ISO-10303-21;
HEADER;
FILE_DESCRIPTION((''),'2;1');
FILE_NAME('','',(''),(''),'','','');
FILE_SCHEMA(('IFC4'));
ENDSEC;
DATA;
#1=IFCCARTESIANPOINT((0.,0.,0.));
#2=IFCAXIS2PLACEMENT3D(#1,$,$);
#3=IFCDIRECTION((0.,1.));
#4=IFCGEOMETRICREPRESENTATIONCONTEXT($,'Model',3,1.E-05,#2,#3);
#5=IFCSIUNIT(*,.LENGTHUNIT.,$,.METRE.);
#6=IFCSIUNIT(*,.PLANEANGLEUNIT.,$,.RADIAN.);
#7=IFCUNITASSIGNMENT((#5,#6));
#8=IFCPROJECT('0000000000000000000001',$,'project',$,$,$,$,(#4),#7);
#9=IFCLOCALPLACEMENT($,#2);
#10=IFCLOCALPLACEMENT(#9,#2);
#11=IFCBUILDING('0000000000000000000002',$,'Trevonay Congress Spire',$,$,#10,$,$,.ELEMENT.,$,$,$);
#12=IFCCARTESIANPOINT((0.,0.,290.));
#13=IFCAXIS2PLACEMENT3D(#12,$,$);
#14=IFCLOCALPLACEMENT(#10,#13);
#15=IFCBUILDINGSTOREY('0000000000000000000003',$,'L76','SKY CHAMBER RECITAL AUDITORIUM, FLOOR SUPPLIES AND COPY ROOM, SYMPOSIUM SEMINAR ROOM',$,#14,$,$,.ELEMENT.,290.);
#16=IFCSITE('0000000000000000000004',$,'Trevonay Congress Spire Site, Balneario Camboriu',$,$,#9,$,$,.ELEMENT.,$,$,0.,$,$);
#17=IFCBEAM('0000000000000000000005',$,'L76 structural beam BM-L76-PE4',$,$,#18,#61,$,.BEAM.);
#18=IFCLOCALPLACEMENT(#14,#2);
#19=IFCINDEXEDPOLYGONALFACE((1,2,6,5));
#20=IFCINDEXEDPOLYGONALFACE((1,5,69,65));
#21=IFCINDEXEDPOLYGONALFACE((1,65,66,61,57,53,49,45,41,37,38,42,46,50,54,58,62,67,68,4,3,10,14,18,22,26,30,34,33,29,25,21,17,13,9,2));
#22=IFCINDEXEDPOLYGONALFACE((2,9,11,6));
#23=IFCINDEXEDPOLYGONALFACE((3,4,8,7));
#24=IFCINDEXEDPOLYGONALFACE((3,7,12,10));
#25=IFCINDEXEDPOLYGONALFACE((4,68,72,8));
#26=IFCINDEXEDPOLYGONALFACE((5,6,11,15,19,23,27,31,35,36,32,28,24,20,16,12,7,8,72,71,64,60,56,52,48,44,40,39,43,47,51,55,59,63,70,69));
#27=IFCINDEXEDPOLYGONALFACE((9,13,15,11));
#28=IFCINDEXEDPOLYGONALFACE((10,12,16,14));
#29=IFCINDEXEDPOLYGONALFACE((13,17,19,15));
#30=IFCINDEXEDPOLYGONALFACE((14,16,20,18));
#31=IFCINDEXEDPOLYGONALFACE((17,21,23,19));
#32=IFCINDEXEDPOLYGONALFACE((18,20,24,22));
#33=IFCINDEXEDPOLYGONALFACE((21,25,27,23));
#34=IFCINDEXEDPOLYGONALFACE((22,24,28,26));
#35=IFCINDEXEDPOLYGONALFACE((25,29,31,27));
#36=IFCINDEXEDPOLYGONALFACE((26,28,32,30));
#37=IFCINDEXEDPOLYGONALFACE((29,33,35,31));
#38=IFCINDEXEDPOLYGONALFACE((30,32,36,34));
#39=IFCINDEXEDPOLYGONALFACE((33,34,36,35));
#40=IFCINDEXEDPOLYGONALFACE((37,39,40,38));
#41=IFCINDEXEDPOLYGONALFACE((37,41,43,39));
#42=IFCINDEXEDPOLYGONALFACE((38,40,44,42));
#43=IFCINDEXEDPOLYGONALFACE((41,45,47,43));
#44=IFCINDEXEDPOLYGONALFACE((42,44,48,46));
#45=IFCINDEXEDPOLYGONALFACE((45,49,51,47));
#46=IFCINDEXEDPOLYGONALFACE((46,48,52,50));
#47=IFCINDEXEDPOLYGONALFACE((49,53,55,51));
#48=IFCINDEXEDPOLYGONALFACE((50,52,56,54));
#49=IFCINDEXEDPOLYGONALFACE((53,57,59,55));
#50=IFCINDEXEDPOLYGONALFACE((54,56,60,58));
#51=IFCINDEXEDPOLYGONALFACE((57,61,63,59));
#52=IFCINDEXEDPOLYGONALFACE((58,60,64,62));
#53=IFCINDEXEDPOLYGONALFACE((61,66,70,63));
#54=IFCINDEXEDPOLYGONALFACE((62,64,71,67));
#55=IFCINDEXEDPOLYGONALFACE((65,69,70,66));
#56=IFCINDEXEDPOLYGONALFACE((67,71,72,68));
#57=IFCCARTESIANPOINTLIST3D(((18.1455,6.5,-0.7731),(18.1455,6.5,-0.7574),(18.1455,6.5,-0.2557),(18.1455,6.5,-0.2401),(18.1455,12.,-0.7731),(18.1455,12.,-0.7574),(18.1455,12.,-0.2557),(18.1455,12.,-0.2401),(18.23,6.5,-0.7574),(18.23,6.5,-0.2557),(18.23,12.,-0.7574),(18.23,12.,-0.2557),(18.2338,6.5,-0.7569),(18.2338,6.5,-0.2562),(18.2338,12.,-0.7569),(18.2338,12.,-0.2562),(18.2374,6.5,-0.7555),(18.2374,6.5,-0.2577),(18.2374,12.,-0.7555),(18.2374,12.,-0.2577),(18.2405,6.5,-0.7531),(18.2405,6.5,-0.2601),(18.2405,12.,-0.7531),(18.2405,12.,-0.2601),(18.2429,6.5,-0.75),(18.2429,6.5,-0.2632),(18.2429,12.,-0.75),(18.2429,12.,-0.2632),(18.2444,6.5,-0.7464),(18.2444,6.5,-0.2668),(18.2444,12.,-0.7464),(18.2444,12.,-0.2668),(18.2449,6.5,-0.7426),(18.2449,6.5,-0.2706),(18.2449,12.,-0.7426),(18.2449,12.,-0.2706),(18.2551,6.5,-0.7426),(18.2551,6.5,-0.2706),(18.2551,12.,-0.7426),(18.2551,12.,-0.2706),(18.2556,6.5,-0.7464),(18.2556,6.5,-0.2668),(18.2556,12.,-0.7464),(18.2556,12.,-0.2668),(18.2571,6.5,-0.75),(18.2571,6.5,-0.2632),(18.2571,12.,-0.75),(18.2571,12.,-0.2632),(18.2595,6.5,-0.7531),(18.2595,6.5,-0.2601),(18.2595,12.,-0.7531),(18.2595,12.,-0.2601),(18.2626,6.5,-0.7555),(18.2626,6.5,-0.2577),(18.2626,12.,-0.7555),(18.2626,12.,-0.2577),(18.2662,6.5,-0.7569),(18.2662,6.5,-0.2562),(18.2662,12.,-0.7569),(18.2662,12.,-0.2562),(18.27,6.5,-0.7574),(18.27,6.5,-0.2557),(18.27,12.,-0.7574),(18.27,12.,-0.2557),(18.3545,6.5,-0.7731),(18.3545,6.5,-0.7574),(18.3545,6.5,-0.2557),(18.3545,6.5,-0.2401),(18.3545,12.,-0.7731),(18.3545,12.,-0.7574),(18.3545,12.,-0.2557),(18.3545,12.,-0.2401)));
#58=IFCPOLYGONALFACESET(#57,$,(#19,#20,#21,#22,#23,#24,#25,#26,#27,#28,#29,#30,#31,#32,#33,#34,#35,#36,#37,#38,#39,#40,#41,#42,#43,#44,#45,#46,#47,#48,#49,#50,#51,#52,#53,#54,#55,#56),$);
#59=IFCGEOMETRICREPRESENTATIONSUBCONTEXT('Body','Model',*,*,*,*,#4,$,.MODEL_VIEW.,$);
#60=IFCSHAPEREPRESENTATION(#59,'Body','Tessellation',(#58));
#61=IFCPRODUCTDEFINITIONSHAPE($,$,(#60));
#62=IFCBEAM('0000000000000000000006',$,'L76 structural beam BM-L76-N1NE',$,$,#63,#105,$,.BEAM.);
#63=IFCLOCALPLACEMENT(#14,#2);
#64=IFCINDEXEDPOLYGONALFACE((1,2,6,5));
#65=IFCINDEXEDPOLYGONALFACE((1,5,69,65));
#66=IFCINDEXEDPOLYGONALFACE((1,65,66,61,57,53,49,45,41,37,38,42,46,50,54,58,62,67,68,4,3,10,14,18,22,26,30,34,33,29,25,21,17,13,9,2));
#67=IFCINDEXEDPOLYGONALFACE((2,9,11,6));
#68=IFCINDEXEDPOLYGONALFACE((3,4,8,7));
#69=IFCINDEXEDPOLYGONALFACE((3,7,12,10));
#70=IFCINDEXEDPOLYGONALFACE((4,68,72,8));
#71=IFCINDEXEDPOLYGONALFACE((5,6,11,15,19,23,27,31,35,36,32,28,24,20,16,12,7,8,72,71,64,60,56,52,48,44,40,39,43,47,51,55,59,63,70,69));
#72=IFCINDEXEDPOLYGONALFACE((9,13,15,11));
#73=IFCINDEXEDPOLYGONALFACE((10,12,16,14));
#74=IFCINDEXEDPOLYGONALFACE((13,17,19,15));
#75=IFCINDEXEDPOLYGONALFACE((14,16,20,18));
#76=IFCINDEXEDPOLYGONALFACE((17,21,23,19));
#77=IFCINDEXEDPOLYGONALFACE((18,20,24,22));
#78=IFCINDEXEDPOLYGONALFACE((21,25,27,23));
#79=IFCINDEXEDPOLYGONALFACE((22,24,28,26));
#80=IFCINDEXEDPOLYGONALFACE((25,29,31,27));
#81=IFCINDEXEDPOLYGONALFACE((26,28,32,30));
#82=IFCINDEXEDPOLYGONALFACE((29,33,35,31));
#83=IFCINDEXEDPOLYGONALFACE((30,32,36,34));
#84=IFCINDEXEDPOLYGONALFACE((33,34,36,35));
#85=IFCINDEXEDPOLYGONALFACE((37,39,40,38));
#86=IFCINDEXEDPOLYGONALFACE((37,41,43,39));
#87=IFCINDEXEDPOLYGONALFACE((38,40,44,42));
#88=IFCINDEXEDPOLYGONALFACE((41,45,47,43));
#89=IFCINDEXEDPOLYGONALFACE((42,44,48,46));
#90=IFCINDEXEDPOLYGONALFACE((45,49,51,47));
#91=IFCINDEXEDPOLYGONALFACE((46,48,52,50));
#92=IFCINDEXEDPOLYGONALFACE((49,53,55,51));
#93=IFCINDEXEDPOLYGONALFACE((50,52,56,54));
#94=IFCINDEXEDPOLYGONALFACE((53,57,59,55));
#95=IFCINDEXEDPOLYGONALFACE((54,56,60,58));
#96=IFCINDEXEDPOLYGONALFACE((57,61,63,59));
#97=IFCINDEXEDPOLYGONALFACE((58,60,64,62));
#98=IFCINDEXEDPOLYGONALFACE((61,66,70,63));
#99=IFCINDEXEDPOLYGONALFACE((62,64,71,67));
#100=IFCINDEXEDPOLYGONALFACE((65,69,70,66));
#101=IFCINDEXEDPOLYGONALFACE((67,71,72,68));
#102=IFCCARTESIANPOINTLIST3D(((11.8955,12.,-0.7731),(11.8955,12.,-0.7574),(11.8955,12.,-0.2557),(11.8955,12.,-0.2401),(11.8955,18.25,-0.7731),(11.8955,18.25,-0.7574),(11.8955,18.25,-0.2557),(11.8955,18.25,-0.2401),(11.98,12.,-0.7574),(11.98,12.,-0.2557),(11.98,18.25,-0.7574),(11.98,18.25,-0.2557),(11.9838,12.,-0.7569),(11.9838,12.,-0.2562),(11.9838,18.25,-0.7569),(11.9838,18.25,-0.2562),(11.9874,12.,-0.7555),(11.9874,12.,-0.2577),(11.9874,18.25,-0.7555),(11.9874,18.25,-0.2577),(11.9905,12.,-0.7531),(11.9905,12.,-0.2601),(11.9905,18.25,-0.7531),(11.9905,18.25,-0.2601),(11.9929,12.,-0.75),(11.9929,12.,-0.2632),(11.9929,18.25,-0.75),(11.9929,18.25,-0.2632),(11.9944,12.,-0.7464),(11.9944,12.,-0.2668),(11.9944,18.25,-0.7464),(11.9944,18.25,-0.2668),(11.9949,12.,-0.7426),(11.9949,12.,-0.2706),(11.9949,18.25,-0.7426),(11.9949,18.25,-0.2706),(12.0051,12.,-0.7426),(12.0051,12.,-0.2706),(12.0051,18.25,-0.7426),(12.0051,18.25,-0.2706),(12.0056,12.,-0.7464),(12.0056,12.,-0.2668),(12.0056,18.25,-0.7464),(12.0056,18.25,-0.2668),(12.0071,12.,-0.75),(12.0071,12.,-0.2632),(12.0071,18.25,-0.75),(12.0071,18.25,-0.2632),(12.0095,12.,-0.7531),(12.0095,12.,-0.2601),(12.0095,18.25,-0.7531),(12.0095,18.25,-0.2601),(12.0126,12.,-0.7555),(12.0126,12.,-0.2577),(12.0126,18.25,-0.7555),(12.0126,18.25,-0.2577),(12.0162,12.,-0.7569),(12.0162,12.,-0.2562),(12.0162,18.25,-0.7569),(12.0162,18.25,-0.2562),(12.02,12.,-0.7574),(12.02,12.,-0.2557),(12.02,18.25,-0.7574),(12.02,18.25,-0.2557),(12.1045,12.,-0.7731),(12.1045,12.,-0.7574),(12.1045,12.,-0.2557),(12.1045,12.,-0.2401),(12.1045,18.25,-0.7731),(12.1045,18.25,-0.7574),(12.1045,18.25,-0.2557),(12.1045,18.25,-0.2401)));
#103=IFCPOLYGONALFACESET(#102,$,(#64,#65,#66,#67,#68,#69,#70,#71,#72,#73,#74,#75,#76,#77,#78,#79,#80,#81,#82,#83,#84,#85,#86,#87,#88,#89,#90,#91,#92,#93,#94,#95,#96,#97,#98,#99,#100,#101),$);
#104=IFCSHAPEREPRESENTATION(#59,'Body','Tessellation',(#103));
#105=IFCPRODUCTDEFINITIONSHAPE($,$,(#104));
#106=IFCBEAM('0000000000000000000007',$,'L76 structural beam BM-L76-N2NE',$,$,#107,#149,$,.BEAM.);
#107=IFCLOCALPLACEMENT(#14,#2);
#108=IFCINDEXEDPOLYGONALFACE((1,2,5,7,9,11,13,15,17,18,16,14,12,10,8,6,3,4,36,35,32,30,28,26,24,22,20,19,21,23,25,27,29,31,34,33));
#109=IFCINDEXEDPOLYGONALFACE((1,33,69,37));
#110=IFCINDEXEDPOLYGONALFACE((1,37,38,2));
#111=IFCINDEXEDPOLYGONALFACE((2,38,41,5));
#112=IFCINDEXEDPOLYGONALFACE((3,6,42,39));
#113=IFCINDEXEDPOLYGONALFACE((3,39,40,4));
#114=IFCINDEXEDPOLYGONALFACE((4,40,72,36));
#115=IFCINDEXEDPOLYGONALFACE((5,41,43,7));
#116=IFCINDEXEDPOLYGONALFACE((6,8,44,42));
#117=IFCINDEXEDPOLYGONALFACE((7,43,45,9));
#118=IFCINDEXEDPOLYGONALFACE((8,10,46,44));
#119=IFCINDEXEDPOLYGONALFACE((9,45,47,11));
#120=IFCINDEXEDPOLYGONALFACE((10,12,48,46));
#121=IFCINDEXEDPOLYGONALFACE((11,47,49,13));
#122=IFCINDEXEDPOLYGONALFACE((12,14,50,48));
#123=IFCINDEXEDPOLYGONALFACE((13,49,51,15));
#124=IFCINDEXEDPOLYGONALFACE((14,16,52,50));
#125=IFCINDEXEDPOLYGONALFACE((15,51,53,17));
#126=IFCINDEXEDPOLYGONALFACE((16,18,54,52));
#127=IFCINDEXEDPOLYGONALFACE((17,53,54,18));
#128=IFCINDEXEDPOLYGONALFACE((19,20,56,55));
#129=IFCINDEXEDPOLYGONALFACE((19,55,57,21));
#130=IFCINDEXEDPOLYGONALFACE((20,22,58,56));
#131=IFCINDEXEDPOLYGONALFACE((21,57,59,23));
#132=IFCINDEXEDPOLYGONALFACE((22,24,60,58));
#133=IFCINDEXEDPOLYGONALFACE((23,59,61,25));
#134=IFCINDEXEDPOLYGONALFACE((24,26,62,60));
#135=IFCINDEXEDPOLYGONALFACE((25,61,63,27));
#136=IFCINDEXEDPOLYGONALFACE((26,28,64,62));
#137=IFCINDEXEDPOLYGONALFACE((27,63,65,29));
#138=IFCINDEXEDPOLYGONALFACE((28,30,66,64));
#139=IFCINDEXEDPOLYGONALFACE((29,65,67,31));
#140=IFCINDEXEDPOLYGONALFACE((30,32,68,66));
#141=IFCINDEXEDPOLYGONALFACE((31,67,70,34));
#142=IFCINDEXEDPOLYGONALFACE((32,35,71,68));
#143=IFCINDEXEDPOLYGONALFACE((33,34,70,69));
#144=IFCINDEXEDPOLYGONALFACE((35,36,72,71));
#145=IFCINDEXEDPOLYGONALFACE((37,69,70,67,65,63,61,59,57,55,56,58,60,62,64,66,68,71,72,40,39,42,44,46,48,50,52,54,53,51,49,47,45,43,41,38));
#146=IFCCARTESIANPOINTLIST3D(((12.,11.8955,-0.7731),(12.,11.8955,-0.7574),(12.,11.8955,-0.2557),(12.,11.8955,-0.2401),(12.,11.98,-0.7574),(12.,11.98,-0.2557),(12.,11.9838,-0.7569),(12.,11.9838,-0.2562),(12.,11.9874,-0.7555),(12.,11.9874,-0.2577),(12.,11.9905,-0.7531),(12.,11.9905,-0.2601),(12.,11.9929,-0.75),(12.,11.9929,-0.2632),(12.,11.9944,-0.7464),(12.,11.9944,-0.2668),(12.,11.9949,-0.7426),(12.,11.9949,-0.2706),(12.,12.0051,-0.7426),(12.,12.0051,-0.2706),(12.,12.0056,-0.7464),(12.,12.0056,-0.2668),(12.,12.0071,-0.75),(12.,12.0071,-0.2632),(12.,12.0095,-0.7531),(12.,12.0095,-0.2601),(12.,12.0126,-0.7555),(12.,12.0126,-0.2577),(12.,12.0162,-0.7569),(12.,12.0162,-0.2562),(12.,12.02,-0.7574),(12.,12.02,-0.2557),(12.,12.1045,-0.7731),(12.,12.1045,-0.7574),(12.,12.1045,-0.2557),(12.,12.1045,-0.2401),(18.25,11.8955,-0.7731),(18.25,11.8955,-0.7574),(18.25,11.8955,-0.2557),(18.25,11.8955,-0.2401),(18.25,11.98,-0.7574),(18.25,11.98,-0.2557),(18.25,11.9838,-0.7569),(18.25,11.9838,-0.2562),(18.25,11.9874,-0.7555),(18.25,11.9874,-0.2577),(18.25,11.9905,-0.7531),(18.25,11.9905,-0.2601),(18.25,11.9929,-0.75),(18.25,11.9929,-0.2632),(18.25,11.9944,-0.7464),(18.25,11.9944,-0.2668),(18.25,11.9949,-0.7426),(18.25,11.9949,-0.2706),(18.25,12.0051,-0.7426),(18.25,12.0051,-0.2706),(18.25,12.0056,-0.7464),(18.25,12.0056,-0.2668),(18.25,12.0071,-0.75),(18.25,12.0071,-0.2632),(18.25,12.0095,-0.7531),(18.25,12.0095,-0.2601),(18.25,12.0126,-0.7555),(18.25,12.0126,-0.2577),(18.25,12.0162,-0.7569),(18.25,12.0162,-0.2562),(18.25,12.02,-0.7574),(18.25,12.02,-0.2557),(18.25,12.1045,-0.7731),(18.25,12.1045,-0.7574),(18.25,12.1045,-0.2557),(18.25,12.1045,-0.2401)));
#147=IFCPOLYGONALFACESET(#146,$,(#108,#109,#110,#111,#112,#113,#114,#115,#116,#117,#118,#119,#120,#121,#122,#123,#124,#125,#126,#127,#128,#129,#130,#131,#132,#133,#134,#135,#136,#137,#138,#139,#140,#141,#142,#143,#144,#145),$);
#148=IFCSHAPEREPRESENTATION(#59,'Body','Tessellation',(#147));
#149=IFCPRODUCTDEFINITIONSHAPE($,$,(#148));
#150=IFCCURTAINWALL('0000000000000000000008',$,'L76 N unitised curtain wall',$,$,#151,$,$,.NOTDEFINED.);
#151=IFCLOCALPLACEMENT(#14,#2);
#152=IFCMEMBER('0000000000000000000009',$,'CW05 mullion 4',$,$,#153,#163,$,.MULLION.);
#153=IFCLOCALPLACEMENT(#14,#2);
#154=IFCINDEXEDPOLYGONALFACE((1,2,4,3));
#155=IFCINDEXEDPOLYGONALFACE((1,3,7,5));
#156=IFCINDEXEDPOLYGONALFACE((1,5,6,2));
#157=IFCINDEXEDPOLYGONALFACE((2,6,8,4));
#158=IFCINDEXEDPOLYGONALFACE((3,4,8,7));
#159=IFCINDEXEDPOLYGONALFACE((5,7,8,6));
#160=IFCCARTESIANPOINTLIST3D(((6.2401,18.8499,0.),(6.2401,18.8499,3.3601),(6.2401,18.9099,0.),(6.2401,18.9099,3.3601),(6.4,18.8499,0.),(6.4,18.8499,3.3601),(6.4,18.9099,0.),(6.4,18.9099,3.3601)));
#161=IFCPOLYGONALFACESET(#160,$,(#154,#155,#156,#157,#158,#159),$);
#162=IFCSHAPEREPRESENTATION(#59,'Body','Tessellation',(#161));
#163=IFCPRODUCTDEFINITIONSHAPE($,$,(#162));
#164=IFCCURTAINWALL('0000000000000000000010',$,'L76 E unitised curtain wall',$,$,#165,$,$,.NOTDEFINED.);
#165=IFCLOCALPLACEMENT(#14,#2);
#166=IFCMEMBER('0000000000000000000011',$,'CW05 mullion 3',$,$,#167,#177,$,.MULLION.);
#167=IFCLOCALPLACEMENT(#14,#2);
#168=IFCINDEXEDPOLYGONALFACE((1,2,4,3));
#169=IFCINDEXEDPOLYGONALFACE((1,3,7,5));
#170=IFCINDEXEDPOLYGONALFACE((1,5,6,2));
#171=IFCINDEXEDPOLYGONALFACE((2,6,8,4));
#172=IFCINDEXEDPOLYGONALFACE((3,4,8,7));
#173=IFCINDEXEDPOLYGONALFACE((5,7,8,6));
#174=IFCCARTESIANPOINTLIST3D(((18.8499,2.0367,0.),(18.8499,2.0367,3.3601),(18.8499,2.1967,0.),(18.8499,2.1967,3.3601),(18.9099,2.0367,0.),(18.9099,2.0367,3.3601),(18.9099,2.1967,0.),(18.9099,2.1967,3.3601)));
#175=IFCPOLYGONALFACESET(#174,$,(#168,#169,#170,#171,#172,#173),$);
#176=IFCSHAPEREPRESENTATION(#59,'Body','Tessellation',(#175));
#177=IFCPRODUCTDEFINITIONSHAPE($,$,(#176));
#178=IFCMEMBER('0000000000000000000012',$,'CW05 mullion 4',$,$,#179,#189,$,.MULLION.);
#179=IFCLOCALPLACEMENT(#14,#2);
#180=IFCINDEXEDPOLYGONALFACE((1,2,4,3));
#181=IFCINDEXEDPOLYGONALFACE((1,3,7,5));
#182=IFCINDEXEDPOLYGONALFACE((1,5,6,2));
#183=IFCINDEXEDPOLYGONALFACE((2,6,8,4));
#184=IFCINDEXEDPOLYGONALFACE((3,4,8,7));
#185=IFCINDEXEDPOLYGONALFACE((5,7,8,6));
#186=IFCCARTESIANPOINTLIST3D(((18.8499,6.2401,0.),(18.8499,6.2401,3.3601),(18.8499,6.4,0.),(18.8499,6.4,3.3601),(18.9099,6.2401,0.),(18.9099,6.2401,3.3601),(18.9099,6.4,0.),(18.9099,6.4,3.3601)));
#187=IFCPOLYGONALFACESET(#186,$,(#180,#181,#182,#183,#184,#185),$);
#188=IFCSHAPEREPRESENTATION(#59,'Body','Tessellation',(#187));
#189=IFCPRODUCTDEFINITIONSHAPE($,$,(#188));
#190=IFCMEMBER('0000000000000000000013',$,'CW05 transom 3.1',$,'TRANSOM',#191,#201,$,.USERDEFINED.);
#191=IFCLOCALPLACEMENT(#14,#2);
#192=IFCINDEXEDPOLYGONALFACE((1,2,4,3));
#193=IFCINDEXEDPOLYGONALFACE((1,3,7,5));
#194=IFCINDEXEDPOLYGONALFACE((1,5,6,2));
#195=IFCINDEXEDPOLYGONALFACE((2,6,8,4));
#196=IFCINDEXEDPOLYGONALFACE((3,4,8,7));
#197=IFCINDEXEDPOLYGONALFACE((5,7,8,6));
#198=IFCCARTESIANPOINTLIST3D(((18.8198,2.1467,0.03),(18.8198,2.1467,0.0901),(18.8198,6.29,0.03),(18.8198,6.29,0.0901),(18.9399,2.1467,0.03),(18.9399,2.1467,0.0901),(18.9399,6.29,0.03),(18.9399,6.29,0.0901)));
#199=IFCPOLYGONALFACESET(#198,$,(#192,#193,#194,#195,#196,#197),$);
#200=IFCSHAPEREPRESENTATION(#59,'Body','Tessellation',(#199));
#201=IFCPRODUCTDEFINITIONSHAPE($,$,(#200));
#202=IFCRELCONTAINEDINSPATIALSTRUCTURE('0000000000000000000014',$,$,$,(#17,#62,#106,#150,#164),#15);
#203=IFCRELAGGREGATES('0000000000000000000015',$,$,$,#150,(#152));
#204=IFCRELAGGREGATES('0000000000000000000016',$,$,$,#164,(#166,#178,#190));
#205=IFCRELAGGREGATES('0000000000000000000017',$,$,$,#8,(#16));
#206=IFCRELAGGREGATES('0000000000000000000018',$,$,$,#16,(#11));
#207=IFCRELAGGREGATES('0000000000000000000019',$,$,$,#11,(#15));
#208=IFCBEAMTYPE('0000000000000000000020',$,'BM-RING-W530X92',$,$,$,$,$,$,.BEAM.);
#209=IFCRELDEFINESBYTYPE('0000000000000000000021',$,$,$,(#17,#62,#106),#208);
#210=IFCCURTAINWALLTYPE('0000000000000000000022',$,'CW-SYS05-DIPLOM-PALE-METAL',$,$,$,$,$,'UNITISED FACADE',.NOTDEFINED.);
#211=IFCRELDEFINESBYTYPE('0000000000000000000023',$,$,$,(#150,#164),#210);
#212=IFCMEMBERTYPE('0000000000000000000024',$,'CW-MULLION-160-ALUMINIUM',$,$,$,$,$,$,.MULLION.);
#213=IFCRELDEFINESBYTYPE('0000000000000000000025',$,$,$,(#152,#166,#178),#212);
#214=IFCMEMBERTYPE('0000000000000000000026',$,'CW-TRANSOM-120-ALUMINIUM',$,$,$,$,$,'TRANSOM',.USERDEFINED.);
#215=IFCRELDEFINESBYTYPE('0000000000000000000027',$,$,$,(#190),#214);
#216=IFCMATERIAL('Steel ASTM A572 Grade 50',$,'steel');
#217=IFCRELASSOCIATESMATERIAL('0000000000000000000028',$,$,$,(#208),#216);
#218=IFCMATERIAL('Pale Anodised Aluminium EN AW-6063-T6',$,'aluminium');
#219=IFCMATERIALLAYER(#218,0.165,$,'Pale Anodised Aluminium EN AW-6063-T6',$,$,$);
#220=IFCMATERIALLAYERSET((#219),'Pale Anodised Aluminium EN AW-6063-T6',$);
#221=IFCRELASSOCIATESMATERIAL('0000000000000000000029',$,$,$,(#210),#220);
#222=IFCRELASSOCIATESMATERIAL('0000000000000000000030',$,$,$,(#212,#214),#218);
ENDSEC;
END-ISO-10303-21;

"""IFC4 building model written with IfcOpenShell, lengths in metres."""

from ifc_helpers import new_model, si_unit, direction, frame, origin, origin_2d, place, context, subcontext, project, spatial, rectangle, i_section, extrude, material, layer, layer_set, material_profile, profile_set, type_object, element, aggregate, save


model = new_model("IFC4")

# Units and contexts
model_context = context("Model", 3, precision=1e-05, world=origin(), true_north=direction((0.0, 1.0)))
body_context = subcontext(model_context, "Body", "Model", "MODEL_VIEW")
ifc_project = project(units=[si_unit("LENGTHUNIT", "METRE"), si_unit("PLANEANGLEUNIT", "RADIAN")], contexts=[model_context])

# Site, building, storey
site_placement = place(None, origin())
site = spatial("IfcSite", under=ifc_project, at=site_placement, Name="Trevonay Congress Spire Site, Balneario Camboriu", CompositionType="ELEMENT", RefElevation=0.0)
building_placement = place(site_placement, origin())
building = spatial("IfcBuilding", under=site, at=building_placement, Name="Trevonay Congress Spire", CompositionType="ELEMENT")
storey_placement = place(building_placement, frame((0.0, 0.0, 290.0)))
storey = spatial("IfcBuildingStorey", under=building, at=storey_placement, Name="L76", Description="SKY CHAMBER RECITAL AUDITORIUM, FLOOR SUPPLIES AND COPY ROOM, SYMPOSIUM SEMINAR ROOM", CompositionType="ELEMENT", Elevation=290.0)

# Shared definitions
ifc_material_1 = material(Name="Steel ASTM A572 Grade 50", Category="steel")

# Beams
ifc_material_profile_1 = material_profile(ifc_material_1, i_section(OverallWidth=0.209, OverallDepth=0.533, WebThickness=0.0103, FlangeThickness=0.0156, FilletRadius=0.0149, at=origin_2d()), Name="W530x92")
ifc_profile_set_1 = profile_set([ifc_material_profile_1], Name="Steel ASTM A572 Grade 50")
beam_type_1 = type_object("IfcBeamType", Name="BM-RING-W530X92", PredefinedType="BEAM", material=ifc_profile_set_1)
for number, where, z_axis, x_axis, name in (
    (1, (18.25, 6.5, -0.5066), (0.0, 1.0, 0.0), (-1.0, 0.0, 0.0), "L76 structural beam BM-L76-PE4"),
):
    element("IfcBeam", number, at=place(storey_placement, frame(where, z_axis=z_axis, x_axis=x_axis)), inside=storey, type_object=beam_type_1, Name=name, PredefinedType="BEAM", context=body_context, shape_type="SweptSolid", body=[
        extrude(i_section(OverallWidth=0.209, OverallDepth=0.533, WebThickness=0.0103, FlangeThickness=0.0156, FilletRadius=0.0149, at=origin_2d()), origin(), (0.0, 0.0, 1.0), 5.5),
    ])
for number, where, z_axis, x_axis, name in (
    (2, (12.0, 18.25, -0.5066), (0.0, -1.0, 0.0), (1.0, 0.0, 0.0), "L76 structural beam BM-L76-N1NE"),
    (3, (18.25, 12.0, -0.5066), (-1.0, 0.0, 0.0), (0.0, -1.0, 0.0), "L76 structural beam BM-L76-N2NE"),
):
    element("IfcBeam", number, at=place(storey_placement, frame(where, z_axis=z_axis, x_axis=x_axis)), inside=storey, type_object=beam_type_1, Name=name, PredefinedType="BEAM", context=body_context, shape_type="SweptSolid", body=[
        extrude(i_section(OverallWidth=0.209, OverallDepth=0.533, WebThickness=0.0103, FlangeThickness=0.0156, FilletRadius=0.0149, at=origin_2d()), origin(), (0.0, 0.0, 1.0), 6.25),
    ])

# Curtain wall, member
ifc_material_2 = material(Name="Pale Anodised Aluminium EN AW-6063-T6", Category="aluminium")
ifc_layer_1 = layer(ifc_material_2, 0.165, Name="Pale Anodised Aluminium EN AW-6063-T6")
ifc_layer_set_1 = layer_set([ifc_layer_1], Name="Pale Anodised Aluminium EN AW-6063-T6")
curtain_wall_type = type_object("IfcCurtainWallType", Name="CW-SYS05-DIPLOM-PALE-METAL", ElementType="UNITISED FACADE", PredefinedType="NOTDEFINED", material=ifc_layer_set_1)
curtain_wall_1_placement = place(storey_placement, origin())
curtain_wall_1 = element("IfcCurtainWall", 4, at=curtain_wall_1_placement, inside=storey, type_object=curtain_wall_type, Name="L76 N unitised curtain wall", PredefinedType="NOTDEFINED")
ifc_material_profile_2 = material_profile(ifc_material_2, rectangle(XDim=0.0601, YDim=0.1599, at=origin_2d()), Name="CW-MULLION-160-ALUMINIUM")
ifc_profile_set_2 = profile_set([ifc_material_profile_2], Name="Pale Anodised Aluminium EN AW-6063-T6")
member_type_1 = type_object("IfcMemberType", Name="CW-MULLION-160-ALUMINIUM", PredefinedType="MULLION", material=ifc_profile_set_2)
member_1_placement = place(storey_placement, frame((6.3201, 18.8799, 0.0), z_axis=(0.0, 0.0, 1.0), x_axis=(0.0, 1.0, 0.0)))
member_1 = element("IfcMember", 5, at=member_1_placement, type_object=member_type_1, Name="CW05 mullion 4", PredefinedType="MULLION", context=body_context, shape_type="SweptSolid", body=[
    extrude(rectangle(XDim=0.0601, YDim=0.1599, at=origin_2d()), origin(), (0.0, 0.0, 1.0), 3.3601),
])
aggregate(curtain_wall_1, [member_1])

# Curtain wall, members
curtain_wall_2_placement = place(storey_placement, origin())
curtain_wall_2 = element("IfcCurtainWall", 6, at=curtain_wall_2_placement, inside=storey, type_object=curtain_wall_type, Name="L76 E unitised curtain wall", PredefinedType="NOTDEFINED")
member_2_placement = place(storey_placement, frame((18.8799, 2.1167, 0.0), z_axis=(0.0, 0.0, 1.0), x_axis=(-1.0, 0.0, 0.0)))
member_2 = element("IfcMember", 7, at=member_2_placement, type_object=member_type_1, Name="CW05 mullion 3", PredefinedType="MULLION", context=body_context, shape_type="SweptSolid", body=[
    extrude(rectangle(XDim=0.0601, YDim=0.1599, at=origin_2d()), origin(), (0.0, 0.0, 1.0), 3.3601),
])
member_3_placement = place(storey_placement, frame((18.8799, 6.3201, 0.0), z_axis=(0.0, 0.0, 1.0), x_axis=(-1.0, 0.0, 0.0)))
member_3 = element("IfcMember", 8, at=member_3_placement, type_object=member_type_1, Name="CW05 mullion 4", PredefinedType="MULLION", context=body_context, shape_type="SweptSolid", body=[
    extrude(rectangle(XDim=0.0601, YDim=0.1599, at=origin_2d()), origin(), (0.0, 0.0, 1.0), 3.3601),
])
ifc_material_profile_3 = material_profile(ifc_material_2, rectangle(XDim=0.1201, YDim=0.0601, at=origin_2d()), Name="CW-TRANSOM-120-ALUMINIUM")
ifc_profile_set_3 = profile_set([ifc_material_profile_3], Name="Pale Anodised Aluminium EN AW-6063-T6")
member_type_2 = type_object("IfcMemberType", Name="CW-TRANSOM-120-ALUMINIUM", ElementType="TRANSOM", PredefinedType="USERDEFINED", material=ifc_profile_set_3)
member_4_placement = place(storey_placement, frame((18.8799, 2.1467, 0.0601), z_axis=(0.0, 1.0, 0.0), x_axis=(-1.0, 0.0, 0.0)))
member_4 = element("IfcMember", 9, at=member_4_placement, type_object=member_type_2, Name="CW05 transom 3.1", ObjectType="TRANSOM", PredefinedType="USERDEFINED", context=body_context, shape_type="SweptSolid", body=[
    extrude(rectangle(XDim=0.1201, YDim=0.0601, at=origin_2d()), origin(), (0.0, 0.0, 1.0), 4.1433),
])

aggregate(curtain_wall_2, [member_2, member_3, member_4])

save(model, "model.ifc")
